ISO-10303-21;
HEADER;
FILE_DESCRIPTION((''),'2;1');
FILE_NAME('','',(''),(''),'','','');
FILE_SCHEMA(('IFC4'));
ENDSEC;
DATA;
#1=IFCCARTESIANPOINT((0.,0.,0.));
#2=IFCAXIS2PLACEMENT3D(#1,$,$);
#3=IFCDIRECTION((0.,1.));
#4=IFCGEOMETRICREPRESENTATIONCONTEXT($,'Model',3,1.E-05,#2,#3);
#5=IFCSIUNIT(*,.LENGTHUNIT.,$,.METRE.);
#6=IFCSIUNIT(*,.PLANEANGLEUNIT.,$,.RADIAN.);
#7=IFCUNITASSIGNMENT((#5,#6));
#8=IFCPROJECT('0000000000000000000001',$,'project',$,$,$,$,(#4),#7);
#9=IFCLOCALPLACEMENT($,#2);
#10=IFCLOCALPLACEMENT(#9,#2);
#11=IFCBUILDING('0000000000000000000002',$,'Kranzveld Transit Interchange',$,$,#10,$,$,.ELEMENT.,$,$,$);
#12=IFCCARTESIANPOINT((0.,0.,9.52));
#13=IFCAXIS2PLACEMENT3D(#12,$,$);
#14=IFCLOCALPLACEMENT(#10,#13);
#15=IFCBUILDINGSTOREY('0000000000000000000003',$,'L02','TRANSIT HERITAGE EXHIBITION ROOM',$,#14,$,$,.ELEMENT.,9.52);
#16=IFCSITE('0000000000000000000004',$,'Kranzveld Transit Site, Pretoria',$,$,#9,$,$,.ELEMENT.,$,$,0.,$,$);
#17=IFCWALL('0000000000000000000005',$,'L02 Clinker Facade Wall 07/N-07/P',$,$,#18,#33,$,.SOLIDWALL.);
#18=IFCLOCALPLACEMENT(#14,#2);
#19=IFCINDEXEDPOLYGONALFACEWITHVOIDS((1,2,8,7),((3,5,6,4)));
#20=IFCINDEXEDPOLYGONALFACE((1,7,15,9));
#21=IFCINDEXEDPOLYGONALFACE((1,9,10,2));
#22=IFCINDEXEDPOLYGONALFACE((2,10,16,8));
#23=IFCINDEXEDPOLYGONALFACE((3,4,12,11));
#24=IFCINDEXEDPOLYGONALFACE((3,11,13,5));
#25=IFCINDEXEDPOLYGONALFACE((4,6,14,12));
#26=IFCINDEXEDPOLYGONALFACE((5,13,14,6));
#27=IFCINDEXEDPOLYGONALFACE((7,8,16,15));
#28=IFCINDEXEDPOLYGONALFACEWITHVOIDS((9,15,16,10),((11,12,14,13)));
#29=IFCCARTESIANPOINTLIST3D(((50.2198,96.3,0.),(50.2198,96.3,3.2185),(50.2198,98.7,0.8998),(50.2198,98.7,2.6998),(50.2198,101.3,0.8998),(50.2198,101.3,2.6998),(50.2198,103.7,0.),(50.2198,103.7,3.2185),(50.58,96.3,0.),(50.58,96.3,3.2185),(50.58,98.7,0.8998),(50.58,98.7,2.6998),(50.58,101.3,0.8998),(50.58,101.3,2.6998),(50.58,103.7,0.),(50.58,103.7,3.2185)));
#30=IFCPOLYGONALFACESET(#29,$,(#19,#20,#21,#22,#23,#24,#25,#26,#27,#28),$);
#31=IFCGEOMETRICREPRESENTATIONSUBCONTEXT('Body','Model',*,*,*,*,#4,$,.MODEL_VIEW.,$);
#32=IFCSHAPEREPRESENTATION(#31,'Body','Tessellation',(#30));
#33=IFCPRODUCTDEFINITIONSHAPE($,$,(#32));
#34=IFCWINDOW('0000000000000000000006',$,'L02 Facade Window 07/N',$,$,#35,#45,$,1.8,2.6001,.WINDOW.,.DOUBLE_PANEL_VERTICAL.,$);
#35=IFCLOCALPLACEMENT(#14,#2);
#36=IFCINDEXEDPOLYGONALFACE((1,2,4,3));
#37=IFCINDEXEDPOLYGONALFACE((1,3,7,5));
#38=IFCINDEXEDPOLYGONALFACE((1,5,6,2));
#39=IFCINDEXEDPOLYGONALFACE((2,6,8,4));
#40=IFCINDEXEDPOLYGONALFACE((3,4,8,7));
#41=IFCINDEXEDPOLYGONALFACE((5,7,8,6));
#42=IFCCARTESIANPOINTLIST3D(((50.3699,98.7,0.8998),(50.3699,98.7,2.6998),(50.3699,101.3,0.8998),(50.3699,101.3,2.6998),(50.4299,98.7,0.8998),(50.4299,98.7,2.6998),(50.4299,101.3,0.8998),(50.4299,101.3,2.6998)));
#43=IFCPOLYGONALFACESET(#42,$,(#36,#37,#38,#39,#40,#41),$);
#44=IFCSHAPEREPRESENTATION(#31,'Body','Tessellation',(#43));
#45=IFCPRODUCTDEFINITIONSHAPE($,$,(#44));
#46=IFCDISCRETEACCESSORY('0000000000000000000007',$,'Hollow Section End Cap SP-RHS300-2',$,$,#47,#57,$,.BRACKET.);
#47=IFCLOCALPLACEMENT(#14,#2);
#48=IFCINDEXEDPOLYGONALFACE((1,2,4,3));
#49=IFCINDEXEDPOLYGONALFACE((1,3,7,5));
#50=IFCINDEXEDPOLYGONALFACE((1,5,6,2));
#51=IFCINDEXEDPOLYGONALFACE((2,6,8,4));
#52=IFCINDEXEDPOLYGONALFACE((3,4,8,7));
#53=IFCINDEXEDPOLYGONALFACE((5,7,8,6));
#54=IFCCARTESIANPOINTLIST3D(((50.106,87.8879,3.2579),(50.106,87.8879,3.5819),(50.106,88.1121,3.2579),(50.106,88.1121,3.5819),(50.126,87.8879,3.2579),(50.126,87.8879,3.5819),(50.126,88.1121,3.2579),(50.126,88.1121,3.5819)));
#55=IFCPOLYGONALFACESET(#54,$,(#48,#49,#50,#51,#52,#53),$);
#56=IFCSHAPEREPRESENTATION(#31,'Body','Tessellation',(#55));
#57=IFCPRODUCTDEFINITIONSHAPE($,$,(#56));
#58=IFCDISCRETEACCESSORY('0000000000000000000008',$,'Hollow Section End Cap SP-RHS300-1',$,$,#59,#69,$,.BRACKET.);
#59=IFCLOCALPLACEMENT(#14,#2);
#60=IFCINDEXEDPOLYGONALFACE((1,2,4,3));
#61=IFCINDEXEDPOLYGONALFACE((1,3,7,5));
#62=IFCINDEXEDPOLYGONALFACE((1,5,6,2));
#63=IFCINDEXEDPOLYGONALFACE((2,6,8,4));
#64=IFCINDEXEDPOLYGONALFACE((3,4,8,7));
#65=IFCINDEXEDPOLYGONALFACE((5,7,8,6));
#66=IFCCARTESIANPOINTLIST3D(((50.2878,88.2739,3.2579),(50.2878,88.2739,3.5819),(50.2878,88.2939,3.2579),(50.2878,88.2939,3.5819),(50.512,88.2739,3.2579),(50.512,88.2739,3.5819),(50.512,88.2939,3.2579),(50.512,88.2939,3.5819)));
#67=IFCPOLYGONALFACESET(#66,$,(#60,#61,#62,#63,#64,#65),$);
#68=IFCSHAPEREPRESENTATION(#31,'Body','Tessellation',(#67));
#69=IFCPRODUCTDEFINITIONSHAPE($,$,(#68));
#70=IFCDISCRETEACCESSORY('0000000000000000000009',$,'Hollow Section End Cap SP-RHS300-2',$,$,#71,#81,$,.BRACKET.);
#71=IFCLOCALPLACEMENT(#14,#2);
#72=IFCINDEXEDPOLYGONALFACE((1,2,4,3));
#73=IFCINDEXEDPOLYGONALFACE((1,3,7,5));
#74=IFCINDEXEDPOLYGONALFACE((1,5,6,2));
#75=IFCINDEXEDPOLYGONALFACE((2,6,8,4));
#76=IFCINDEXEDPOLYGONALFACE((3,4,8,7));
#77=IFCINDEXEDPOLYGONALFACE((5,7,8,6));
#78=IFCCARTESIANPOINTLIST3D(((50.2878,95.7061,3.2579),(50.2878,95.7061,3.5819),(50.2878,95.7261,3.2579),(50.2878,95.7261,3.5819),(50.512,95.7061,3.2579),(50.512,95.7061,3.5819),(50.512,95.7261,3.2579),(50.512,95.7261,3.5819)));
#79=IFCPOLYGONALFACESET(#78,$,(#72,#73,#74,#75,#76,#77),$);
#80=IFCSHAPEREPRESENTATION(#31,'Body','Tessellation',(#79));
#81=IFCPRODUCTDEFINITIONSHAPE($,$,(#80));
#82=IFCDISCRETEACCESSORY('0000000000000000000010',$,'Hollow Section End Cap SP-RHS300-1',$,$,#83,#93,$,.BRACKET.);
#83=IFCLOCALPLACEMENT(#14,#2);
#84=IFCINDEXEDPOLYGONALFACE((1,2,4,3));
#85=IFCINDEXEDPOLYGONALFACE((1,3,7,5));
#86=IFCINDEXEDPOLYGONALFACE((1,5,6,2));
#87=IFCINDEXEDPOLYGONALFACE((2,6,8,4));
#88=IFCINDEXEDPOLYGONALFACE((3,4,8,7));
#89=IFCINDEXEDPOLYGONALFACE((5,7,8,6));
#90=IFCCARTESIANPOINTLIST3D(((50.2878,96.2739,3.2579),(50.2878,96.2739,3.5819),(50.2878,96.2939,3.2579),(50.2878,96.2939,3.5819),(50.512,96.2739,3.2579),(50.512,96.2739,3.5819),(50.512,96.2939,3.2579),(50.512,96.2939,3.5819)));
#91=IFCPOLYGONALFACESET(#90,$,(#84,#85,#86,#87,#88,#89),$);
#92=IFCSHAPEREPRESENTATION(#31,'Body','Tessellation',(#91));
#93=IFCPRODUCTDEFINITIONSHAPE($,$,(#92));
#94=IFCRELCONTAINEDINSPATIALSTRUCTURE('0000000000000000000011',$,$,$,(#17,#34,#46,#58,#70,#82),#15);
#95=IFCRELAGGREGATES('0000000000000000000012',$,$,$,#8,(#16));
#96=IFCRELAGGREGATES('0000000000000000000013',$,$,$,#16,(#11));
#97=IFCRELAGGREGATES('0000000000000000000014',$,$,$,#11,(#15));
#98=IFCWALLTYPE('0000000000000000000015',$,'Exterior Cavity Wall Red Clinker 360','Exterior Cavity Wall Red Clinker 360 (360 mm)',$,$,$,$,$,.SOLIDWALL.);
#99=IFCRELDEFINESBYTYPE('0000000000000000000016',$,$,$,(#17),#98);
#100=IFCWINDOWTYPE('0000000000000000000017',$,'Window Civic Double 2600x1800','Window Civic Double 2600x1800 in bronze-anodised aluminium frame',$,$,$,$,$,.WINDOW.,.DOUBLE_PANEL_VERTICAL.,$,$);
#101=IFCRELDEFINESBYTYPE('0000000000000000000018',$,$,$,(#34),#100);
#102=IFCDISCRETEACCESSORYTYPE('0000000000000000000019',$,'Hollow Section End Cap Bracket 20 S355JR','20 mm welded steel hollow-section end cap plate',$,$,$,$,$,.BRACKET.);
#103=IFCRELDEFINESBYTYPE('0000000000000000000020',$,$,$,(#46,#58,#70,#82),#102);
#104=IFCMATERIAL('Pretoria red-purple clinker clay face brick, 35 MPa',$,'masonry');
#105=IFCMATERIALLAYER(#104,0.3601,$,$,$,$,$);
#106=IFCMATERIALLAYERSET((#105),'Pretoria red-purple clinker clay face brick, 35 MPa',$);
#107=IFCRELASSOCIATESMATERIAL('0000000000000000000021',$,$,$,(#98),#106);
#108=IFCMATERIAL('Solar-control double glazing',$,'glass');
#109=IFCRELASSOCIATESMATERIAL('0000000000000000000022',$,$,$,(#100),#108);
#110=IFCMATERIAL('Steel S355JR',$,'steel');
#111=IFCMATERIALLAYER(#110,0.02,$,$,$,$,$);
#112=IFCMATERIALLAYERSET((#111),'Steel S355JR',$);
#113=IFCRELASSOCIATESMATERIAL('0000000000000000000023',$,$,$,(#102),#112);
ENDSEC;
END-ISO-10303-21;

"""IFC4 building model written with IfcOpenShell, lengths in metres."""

from ifc_helpers import new_model, si_unit, direction, frame, frame_2d, origin, origin_2d, place, context, subcontext, project, spatial, rectangle, extrude, material, layer, layer_set, type_object, element, fill, save


model = new_model("IFC4")

# Units and contexts
model_context = context("Model", 3, precision=1e-05, world=origin(), true_north=direction((0.0, 1.0)))
body_context = subcontext(model_context, "Body", "Model", "MODEL_VIEW")
ifc_project = project(units=[si_unit("LENGTHUNIT", "METRE"), si_unit("PLANEANGLEUNIT", "RADIAN")], contexts=[model_context])

# Site, building, storey
site_placement = place(None, origin())
site = spatial("IfcSite", under=ifc_project, at=site_placement, Name="Kranzveld Transit Site, Pretoria", CompositionType="ELEMENT", RefElevation=0.0)
building_placement = place(site_placement, origin())
building = spatial("IfcBuilding", under=site, at=building_placement, Name="Kranzveld Transit Interchange", CompositionType="ELEMENT")
storey_placement = place(building_placement, frame((0.0, 0.0, 9.52)))
storey = spatial("IfcBuildingStorey", under=building, at=storey_placement, Name="L02", Description="TRANSIT HERITAGE EXHIBITION ROOM", CompositionType="ELEMENT", Elevation=9.52)

# Wall, opening, window
ifc_material_1 = material(Name="Pretoria red-purple clinker clay face brick, 35 MPa", Category="masonry")
ifc_layer_1 = layer(ifc_material_1, 0.3601)
ifc_layer_set_1 = layer_set([ifc_layer_1], Name="Pretoria red-purple clinker clay face brick, 35 MPa")
wall_type = type_object("IfcWallType", Name="Exterior Cavity Wall Red Clinker 360", Description="Exterior Cavity Wall Red Clinker 360 (360 mm)", PredefinedType="SOLIDWALL", material=ifc_layer_set_1)
wall_1_placement = place(storey_placement, frame((50.3999, 96.3, 0.0), z_axis=(0.0, 0.0, 1.0), x_axis=(0.0, 1.0, 0.0)))
wall_1 = element("IfcWall", 1, at=wall_1_placement, inside=storey, type_object=wall_type, Name="L02 Clinker Facade Wall 07/N-07/P", PredefinedType="SOLIDWALL", context=body_context, shape_type="SweptSolid", body=[
    extrude(rectangle(XDim=7.3999, YDim=0.3601, at=frame_2d((3.7, 0.0))), origin(), (0.0, 0.0, 1.0), 3.2185),
])
opening_1_placement = place(wall_1_placement, frame((2.3999, 0.0, 0.8999), z_axis=(0.0, 0.0, 1.0), x_axis=(1.0, 0.0, 0.0)))
opening_1 = element("IfcOpeningElement", 2, at=opening_1_placement, cuts=wall_1, PredefinedType="OPENING", context=body_context, shape_type="SweptSolid", body=[
    extrude(rectangle(XDim=2.6001, YDim=1.8, at=frame_2d((1.3, 0.8999))), frame((0.0, 0.1899, 0.0), z_axis=(0.0, -1.0, 0.0), x_axis=(1.0, 0.0, 0.0)), (0.0, 0.0, 1.0), 0.3801),
])
ifc_material_2 = material(Name="Solar-control double glazing", Category="glass")
window_type_1 = type_object("IfcWindowType", Name="Window Civic Double 2600x1800", Description="Window Civic Double 2600x1800 in bronze-anodised aluminium frame", PartitioningType="DOUBLE_PANEL_VERTICAL", PredefinedType="WINDOW", material=ifc_material_2)
window_1_placement = place(opening_1_placement, origin())
window_1 = element("IfcWindow", 3, at=window_1_placement, inside=storey, type_object=window_type_1, Name="L02 Facade Window 07/N", OverallHeight=1.8, OverallWidth=2.6001, PartitioningType="DOUBLE_PANEL_VERTICAL", PredefinedType="WINDOW", context=body_context, shape_type="SweptSolid", body=[
    extrude(rectangle(XDim=2.6001, YDim=1.8, at=frame_2d((1.3, 0.8999))), frame((0.0, 0.03, 0.0), z_axis=(0.0, -1.0, 0.0), x_axis=(1.0, 0.0, 0.0)), (0.0, 0.0, 1.0), 0.0601),
])
fill(opening_1, window_1)

# Discrete accessories
ifc_material_3 = material(Name="Steel S355JR", Category="steel")
ifc_layer_2 = layer(ifc_material_3, 0.02)
ifc_layer_set_2 = layer_set([ifc_layer_2], Name="Steel S355JR")
discrete_accessory_type = type_object("IfcDiscreteAccessoryType", Name="Hollow Section End Cap Bracket 20 S355JR", Description="20 mm welded steel hollow-section end cap plate", PredefinedType="BRACKET", material=ifc_layer_set_2)
for number, where, z_axis, x_axis, name in (
    (4, (50.106, 88.0, 3.4199), (1.0, 0.0, 0.0), (0.0, 1.0, 0.0), "Hollow Section End Cap SP-RHS300-2"),
    (5, (50.3999, 88.2939, 3.4199), (0.0, -1.0, 0.0), (1.0, 0.0, 0.0), "Hollow Section End Cap SP-RHS300-1"),
    (6, (50.3999, 95.7061, 3.4199), (0.0, 1.0, 0.0), (-1.0, 0.0, 0.0), "Hollow Section End Cap SP-RHS300-2"),
    (7, (50.3999, 96.2939, 3.4199), (0.0, -1.0, 0.0), (1.0, 0.0, 0.0), "Hollow Section End Cap SP-RHS300-1"),
):
    element("IfcDiscreteAccessory", number, at=place(storey_placement, frame(where, z_axis=z_axis, x_axis=x_axis)), inside=storey, type_object=discrete_accessory_type, Name=name, PredefinedType="BRACKET", context=body_context, shape_type="SweptSolid", body=[
        extrude(rectangle(XDim=0.2241, YDim=0.324, at=origin_2d()), origin(), (0.0, 0.0, 1.0), 0.02),
    ])

save(model, "model.ifc")
